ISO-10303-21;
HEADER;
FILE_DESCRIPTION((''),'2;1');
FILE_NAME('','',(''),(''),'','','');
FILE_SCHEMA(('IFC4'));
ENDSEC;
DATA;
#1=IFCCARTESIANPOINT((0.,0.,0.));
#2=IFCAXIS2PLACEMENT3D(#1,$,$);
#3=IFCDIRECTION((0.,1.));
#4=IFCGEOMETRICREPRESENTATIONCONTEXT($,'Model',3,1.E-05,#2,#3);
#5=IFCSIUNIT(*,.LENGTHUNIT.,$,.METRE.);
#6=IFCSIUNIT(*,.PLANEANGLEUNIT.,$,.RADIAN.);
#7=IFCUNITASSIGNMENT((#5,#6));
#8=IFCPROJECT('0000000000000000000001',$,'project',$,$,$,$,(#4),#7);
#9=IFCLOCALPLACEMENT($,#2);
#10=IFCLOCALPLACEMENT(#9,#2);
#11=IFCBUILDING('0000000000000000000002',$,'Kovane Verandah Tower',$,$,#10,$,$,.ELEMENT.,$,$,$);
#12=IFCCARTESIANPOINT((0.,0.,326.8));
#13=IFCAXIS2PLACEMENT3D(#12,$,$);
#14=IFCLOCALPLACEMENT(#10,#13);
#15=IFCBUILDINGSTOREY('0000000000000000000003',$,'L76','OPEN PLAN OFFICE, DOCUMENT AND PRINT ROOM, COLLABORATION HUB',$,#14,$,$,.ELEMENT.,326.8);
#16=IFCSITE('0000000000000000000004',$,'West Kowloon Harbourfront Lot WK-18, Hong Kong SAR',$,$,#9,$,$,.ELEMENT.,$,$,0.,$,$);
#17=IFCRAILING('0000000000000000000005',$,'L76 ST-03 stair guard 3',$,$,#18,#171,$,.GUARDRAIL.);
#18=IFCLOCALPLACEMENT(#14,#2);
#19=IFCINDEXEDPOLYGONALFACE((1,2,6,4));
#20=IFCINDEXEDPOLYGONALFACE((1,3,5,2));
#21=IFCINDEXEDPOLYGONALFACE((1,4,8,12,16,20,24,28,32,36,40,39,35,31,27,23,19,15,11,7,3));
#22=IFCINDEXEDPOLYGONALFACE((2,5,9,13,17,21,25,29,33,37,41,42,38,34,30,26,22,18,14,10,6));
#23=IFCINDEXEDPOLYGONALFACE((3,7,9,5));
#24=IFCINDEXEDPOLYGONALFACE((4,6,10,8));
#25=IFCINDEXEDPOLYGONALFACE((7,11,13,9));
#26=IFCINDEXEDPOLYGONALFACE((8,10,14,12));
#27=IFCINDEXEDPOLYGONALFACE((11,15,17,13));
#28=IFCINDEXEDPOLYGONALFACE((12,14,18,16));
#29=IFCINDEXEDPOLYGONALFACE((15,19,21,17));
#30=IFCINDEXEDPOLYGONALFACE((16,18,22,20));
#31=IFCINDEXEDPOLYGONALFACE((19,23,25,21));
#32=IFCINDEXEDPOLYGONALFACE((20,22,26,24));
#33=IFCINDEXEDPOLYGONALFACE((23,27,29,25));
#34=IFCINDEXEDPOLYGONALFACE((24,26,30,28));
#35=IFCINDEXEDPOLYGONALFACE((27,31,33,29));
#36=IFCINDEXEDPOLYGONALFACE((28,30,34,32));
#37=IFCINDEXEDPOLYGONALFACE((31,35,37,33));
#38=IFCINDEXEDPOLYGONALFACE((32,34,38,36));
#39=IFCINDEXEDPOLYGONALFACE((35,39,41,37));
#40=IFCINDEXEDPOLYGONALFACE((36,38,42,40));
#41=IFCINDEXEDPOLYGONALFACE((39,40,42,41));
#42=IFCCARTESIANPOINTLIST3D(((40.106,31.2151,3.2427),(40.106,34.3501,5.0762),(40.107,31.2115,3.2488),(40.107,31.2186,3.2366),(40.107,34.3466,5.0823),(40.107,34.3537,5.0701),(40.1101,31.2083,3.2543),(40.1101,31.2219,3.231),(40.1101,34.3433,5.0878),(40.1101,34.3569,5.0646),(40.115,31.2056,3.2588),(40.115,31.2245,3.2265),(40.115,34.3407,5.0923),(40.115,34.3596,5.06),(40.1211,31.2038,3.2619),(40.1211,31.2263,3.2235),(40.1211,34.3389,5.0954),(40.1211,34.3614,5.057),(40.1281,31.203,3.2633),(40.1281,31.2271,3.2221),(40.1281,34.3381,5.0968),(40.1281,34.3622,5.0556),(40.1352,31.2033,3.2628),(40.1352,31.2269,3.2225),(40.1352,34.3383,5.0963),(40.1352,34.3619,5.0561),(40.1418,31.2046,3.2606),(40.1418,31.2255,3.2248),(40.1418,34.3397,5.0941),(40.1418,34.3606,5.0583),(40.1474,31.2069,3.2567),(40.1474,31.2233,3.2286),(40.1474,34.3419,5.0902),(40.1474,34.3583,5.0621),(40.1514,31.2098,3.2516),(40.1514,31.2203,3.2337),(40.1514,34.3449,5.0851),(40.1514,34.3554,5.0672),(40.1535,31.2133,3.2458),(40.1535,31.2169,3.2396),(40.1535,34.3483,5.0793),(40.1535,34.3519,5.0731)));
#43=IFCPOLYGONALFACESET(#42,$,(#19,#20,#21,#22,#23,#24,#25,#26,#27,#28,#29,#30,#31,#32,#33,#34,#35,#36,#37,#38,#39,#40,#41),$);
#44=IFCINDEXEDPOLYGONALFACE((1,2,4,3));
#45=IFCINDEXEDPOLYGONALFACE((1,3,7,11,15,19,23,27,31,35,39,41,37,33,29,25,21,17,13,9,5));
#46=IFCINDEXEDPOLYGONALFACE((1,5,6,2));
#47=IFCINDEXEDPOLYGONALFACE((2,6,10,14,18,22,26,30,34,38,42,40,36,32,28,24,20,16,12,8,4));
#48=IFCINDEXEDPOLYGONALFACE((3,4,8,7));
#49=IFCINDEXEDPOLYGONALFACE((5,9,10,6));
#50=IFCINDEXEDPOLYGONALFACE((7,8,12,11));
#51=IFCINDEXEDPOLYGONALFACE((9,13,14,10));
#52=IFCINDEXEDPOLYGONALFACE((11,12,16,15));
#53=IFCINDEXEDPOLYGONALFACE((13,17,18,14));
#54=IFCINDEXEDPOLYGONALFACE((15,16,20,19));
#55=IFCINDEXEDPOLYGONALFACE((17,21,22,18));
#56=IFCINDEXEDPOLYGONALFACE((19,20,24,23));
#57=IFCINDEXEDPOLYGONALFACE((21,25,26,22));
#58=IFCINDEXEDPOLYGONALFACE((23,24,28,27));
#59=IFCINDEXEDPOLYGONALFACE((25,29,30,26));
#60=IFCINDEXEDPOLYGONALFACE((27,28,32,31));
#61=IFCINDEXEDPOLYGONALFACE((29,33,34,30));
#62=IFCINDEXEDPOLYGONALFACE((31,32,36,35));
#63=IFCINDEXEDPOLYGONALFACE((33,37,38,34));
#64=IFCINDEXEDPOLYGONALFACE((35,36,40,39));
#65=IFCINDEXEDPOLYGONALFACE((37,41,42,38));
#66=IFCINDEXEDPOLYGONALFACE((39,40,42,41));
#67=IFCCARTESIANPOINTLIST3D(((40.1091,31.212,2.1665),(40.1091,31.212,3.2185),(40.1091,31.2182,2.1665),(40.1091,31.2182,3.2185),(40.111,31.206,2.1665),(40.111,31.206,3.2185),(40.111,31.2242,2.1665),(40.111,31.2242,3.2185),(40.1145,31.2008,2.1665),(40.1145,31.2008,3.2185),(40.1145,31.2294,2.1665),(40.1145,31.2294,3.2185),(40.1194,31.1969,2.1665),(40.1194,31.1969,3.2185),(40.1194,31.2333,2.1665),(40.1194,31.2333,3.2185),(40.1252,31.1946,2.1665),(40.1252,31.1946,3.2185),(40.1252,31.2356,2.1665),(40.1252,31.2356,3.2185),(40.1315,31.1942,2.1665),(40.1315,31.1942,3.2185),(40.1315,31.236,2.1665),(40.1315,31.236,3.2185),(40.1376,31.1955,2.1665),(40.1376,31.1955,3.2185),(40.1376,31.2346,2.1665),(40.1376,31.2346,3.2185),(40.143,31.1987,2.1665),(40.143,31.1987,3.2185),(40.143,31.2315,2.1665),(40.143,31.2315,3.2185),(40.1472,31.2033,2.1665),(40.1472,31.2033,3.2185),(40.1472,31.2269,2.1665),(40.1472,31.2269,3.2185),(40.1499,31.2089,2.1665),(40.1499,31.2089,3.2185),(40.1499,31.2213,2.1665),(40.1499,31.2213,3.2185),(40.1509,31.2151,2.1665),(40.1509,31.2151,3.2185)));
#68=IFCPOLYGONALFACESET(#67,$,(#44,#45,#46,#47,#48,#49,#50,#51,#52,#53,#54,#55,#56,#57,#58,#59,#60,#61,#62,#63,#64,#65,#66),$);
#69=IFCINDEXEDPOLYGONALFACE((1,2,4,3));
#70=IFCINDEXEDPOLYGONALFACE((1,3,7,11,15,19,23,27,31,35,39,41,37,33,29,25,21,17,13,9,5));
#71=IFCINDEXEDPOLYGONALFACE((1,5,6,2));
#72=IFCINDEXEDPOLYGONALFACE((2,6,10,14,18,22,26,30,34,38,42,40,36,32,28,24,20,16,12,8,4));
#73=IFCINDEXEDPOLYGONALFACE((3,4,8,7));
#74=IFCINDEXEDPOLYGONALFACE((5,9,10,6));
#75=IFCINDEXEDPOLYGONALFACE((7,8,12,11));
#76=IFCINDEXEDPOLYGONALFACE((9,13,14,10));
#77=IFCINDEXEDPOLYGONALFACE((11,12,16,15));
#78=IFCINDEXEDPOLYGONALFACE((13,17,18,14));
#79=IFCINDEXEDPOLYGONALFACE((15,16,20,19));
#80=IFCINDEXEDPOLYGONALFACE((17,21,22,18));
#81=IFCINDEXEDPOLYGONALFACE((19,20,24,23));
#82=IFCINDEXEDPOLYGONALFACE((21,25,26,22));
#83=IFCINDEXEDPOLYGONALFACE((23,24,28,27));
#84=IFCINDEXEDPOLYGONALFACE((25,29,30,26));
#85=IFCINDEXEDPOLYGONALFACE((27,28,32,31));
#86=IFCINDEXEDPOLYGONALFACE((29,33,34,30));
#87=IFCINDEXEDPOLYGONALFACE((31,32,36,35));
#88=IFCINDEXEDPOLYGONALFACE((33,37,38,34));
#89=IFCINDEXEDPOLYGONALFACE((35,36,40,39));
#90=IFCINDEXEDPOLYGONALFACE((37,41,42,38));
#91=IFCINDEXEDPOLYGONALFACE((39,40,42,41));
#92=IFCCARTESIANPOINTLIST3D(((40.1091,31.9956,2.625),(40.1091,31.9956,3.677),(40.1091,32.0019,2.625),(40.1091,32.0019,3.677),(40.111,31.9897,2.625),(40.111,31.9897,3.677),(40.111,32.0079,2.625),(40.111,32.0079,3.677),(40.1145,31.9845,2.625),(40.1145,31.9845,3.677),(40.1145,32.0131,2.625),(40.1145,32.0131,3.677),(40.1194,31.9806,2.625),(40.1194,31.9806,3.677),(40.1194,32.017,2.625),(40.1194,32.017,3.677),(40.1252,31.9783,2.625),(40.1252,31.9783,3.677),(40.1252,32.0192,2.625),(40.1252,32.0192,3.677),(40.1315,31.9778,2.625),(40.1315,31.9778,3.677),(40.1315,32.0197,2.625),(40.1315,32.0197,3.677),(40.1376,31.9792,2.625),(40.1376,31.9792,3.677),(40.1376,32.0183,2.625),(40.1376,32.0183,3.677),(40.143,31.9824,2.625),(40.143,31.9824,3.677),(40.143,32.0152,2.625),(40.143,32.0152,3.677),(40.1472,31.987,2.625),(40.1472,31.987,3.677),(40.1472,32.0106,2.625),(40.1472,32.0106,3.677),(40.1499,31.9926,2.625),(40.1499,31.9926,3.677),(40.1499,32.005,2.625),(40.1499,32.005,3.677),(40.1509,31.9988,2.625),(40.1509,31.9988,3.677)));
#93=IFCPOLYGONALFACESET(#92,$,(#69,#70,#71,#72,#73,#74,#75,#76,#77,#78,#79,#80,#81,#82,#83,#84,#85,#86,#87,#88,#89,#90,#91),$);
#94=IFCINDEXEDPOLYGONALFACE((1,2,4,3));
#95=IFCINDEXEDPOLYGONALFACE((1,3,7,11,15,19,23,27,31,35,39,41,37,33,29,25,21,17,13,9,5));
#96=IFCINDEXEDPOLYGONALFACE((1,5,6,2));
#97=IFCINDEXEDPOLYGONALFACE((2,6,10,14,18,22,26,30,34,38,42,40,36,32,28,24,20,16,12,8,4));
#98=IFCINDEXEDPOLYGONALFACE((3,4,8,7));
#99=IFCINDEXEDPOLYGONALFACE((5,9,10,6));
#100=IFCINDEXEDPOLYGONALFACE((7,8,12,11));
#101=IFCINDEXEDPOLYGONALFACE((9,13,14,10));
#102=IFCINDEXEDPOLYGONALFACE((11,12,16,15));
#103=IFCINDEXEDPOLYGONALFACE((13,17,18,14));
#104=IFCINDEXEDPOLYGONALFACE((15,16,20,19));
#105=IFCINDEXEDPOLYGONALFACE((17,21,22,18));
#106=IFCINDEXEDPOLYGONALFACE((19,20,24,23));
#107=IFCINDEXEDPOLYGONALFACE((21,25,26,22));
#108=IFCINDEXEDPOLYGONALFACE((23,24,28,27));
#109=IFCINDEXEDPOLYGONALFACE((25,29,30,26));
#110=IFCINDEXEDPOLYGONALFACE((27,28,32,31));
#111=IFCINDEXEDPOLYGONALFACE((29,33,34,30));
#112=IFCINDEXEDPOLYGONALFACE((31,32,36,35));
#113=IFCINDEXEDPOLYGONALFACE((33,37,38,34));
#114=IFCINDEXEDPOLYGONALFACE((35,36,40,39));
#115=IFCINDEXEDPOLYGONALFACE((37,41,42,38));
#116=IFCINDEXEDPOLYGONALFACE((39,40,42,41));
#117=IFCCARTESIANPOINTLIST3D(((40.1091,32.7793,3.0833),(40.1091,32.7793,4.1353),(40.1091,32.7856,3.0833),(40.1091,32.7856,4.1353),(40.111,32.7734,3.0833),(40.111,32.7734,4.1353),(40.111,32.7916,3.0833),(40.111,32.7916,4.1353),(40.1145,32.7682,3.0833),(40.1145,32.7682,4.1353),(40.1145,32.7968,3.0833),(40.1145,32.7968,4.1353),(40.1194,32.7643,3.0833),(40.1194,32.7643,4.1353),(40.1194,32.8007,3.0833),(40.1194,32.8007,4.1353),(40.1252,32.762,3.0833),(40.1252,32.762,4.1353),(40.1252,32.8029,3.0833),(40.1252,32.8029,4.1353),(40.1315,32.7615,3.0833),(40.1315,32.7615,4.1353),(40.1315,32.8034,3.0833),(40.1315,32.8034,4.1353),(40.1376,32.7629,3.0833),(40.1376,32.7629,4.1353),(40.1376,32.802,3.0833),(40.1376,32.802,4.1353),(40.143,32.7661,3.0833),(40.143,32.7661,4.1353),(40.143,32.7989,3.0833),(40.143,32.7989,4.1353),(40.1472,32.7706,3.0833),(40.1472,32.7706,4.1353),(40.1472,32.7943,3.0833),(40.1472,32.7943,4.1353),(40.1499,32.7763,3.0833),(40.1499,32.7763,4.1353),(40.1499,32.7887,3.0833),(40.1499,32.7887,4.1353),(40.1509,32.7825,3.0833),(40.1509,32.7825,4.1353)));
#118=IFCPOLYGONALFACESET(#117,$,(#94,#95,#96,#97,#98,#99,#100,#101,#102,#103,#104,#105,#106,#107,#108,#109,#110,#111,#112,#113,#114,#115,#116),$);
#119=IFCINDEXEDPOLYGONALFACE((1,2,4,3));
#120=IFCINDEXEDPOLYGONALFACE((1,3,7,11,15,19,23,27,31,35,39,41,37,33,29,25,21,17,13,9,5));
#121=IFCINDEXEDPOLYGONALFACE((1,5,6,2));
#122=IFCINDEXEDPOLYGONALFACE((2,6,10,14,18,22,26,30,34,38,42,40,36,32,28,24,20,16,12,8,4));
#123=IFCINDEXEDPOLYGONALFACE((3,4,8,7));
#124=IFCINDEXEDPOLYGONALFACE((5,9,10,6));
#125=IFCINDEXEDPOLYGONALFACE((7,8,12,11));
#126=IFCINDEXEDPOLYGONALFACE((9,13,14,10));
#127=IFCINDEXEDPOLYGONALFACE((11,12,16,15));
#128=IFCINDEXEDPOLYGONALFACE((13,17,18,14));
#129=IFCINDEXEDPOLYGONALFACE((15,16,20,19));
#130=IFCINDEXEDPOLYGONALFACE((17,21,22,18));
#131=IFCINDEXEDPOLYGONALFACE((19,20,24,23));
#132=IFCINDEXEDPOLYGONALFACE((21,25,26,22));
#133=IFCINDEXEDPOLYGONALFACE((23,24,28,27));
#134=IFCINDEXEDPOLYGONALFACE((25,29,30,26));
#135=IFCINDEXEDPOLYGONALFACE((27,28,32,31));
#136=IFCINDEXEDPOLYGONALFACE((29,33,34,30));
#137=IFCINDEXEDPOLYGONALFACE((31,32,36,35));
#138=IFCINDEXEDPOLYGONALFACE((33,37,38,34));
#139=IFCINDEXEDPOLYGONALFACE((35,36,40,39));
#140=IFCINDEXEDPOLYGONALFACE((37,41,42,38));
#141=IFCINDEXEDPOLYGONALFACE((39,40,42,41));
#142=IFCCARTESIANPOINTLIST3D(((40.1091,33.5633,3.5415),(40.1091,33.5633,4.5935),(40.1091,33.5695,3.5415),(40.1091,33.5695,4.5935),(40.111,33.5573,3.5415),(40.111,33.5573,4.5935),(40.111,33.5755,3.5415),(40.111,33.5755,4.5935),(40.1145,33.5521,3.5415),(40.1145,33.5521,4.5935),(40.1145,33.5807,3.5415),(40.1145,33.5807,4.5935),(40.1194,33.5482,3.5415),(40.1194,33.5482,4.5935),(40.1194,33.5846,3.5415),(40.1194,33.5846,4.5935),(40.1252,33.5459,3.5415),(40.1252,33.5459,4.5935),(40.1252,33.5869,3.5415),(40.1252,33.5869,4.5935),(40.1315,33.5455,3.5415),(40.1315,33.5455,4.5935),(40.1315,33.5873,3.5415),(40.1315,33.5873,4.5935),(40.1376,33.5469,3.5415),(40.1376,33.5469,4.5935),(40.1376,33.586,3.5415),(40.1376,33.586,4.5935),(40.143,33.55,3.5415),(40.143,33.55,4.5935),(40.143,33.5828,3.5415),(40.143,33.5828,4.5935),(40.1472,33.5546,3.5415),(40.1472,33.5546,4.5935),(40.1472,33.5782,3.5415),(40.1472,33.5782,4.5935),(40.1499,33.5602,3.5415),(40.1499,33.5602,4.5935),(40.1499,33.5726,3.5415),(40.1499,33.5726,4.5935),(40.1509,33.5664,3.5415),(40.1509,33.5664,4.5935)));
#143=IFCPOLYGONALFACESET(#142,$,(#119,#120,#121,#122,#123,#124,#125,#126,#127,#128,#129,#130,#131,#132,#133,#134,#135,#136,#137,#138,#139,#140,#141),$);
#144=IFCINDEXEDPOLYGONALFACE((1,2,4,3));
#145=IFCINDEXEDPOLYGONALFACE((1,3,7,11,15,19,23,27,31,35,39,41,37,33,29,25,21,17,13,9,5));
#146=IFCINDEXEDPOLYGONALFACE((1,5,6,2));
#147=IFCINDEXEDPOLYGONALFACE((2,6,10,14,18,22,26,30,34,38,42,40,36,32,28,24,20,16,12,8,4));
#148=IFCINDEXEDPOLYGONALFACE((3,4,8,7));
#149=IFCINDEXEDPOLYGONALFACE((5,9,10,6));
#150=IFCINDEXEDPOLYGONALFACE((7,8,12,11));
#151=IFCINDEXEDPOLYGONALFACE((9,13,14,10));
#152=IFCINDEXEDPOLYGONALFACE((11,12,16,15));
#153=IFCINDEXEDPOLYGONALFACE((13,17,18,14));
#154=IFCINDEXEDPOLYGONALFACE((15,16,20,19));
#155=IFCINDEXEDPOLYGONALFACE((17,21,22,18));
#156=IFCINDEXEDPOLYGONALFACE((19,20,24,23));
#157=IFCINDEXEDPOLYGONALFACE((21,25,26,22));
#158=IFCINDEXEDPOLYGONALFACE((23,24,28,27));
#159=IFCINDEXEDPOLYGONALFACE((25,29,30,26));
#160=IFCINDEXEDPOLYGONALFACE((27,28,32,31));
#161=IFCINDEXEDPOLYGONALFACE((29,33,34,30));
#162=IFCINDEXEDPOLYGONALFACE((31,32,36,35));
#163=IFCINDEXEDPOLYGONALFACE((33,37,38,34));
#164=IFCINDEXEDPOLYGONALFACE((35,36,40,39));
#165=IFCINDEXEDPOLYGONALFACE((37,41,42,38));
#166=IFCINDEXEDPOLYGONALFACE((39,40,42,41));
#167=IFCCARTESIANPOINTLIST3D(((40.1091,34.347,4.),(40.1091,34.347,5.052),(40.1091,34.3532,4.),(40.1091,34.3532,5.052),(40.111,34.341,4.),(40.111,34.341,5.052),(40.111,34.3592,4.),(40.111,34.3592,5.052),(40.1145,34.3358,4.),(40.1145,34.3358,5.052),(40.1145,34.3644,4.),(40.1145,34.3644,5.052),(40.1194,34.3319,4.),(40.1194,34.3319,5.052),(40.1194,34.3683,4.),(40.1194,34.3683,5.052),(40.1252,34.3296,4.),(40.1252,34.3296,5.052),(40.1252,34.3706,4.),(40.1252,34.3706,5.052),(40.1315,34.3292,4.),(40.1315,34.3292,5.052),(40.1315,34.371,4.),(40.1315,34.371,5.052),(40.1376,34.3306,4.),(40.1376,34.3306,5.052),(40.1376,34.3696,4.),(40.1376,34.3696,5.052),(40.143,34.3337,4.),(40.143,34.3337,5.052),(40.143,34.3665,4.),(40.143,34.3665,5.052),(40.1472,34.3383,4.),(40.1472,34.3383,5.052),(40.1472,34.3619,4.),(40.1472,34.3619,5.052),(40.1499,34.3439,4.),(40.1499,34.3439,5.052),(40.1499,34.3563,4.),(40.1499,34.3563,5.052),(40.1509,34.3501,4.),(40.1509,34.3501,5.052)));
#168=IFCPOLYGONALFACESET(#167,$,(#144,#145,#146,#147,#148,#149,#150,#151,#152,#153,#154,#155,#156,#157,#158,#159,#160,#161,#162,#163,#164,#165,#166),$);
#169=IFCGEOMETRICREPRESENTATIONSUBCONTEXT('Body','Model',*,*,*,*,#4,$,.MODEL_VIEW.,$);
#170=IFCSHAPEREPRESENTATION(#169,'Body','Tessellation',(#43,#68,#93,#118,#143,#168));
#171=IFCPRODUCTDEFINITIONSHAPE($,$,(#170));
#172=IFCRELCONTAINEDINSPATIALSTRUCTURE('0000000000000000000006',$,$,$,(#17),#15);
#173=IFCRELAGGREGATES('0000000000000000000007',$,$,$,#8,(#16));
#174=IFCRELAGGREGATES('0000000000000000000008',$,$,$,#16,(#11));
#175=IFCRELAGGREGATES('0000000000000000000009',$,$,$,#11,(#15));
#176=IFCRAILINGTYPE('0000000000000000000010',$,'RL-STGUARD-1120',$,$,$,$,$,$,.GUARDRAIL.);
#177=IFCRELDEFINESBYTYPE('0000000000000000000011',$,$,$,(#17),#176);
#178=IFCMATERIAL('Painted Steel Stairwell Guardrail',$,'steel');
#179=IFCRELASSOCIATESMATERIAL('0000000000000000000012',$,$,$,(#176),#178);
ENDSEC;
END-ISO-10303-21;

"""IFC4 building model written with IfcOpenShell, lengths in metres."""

from ifc_helpers import new_model, si_unit, direction, frame, origin, origin_2d, place, context, subcontext, project, spatial, circle, extrude, material, type_object, element, save


model = new_model("IFC4")

# Units and contexts
model_context = context("Model", 3, precision=1e-05, world=origin(), true_north=direction((0.0, 1.0)))
body_context = subcontext(model_context, "Body", "Model", "MODEL_VIEW")
ifc_project = project(units=[si_unit("LENGTHUNIT", "METRE"), si_unit("PLANEANGLEUNIT", "RADIAN")], contexts=[model_context])

# Site, building, storey
site_placement = place(None, origin())
site = spatial("IfcSite", under=ifc_project, at=site_placement, Name="West Kowloon Harbourfront Lot WK-18, Hong Kong SAR", CompositionType="ELEMENT", RefElevation=0.0)
building_placement = place(site_placement, origin())
building = spatial("IfcBuilding", under=site, at=building_placement, Name="Kovane Verandah Tower", CompositionType="ELEMENT")
storey_placement = place(building_placement, frame((0.0, 0.0, 326.8)))
storey = spatial("IfcBuildingStorey", under=building, at=storey_placement, Name="L76", Description="OPEN PLAN OFFICE, DOCUMENT AND PRINT ROOM, COLLABORATION HUB", CompositionType="ELEMENT", Elevation=326.8)

# Railing
ifc_material_1 = material(Name="Painted Steel Stairwell Guardrail", Category="steel")
railing_type_1 = type_object("IfcRailingType", Name="RL-STGUARD-1120", PredefinedType="GUARDRAIL", material=ifc_material_1)
railing_1_placement = place(storey_placement, frame((40.1299, 31.2151, 2.1665)))
element("IfcRailing", 1, at=railing_1_placement, inside=storey, type_object=railing_type_1, Name="L76 ST-03 stair guard 3", PredefinedType="GUARDRAIL", context=body_context, shape_type="SweptSolid", body=[
    extrude(circle(Radius=0.0239, at=origin_2d()), frame((0.0, 0.0, 1.0762), z_axis=(0.0, 0.86321, 0.504845), x_axis=(-1.0, 0.0, 0.0)), (0.0, 0.0, 1.0), 3.6318),
    extrude(circle(Radius=0.021, at=origin_2d()), origin(), (0.0, 0.0, 1.0), 1.052),
    extrude(circle(Radius=0.021, at=origin_2d()), frame((0.0, 0.7837, 0.4585)), (0.0, 0.0, 1.0), 1.052),
    extrude(circle(Radius=0.021, at=origin_2d()), frame((0.0, 1.5674, 0.9167)), (0.0, 0.0, 1.0), 1.052),
    extrude(circle(Radius=0.021, at=origin_2d()), frame((0.0, 2.3513, 1.375)), (0.0, 0.0, 1.0), 1.052),
    extrude(circle(Radius=0.021, at=origin_2d()), frame((0.0, 3.135, 1.8335)), (0.0, 0.0, 1.0), 1.052),
])

save(model, "model.ifc")
